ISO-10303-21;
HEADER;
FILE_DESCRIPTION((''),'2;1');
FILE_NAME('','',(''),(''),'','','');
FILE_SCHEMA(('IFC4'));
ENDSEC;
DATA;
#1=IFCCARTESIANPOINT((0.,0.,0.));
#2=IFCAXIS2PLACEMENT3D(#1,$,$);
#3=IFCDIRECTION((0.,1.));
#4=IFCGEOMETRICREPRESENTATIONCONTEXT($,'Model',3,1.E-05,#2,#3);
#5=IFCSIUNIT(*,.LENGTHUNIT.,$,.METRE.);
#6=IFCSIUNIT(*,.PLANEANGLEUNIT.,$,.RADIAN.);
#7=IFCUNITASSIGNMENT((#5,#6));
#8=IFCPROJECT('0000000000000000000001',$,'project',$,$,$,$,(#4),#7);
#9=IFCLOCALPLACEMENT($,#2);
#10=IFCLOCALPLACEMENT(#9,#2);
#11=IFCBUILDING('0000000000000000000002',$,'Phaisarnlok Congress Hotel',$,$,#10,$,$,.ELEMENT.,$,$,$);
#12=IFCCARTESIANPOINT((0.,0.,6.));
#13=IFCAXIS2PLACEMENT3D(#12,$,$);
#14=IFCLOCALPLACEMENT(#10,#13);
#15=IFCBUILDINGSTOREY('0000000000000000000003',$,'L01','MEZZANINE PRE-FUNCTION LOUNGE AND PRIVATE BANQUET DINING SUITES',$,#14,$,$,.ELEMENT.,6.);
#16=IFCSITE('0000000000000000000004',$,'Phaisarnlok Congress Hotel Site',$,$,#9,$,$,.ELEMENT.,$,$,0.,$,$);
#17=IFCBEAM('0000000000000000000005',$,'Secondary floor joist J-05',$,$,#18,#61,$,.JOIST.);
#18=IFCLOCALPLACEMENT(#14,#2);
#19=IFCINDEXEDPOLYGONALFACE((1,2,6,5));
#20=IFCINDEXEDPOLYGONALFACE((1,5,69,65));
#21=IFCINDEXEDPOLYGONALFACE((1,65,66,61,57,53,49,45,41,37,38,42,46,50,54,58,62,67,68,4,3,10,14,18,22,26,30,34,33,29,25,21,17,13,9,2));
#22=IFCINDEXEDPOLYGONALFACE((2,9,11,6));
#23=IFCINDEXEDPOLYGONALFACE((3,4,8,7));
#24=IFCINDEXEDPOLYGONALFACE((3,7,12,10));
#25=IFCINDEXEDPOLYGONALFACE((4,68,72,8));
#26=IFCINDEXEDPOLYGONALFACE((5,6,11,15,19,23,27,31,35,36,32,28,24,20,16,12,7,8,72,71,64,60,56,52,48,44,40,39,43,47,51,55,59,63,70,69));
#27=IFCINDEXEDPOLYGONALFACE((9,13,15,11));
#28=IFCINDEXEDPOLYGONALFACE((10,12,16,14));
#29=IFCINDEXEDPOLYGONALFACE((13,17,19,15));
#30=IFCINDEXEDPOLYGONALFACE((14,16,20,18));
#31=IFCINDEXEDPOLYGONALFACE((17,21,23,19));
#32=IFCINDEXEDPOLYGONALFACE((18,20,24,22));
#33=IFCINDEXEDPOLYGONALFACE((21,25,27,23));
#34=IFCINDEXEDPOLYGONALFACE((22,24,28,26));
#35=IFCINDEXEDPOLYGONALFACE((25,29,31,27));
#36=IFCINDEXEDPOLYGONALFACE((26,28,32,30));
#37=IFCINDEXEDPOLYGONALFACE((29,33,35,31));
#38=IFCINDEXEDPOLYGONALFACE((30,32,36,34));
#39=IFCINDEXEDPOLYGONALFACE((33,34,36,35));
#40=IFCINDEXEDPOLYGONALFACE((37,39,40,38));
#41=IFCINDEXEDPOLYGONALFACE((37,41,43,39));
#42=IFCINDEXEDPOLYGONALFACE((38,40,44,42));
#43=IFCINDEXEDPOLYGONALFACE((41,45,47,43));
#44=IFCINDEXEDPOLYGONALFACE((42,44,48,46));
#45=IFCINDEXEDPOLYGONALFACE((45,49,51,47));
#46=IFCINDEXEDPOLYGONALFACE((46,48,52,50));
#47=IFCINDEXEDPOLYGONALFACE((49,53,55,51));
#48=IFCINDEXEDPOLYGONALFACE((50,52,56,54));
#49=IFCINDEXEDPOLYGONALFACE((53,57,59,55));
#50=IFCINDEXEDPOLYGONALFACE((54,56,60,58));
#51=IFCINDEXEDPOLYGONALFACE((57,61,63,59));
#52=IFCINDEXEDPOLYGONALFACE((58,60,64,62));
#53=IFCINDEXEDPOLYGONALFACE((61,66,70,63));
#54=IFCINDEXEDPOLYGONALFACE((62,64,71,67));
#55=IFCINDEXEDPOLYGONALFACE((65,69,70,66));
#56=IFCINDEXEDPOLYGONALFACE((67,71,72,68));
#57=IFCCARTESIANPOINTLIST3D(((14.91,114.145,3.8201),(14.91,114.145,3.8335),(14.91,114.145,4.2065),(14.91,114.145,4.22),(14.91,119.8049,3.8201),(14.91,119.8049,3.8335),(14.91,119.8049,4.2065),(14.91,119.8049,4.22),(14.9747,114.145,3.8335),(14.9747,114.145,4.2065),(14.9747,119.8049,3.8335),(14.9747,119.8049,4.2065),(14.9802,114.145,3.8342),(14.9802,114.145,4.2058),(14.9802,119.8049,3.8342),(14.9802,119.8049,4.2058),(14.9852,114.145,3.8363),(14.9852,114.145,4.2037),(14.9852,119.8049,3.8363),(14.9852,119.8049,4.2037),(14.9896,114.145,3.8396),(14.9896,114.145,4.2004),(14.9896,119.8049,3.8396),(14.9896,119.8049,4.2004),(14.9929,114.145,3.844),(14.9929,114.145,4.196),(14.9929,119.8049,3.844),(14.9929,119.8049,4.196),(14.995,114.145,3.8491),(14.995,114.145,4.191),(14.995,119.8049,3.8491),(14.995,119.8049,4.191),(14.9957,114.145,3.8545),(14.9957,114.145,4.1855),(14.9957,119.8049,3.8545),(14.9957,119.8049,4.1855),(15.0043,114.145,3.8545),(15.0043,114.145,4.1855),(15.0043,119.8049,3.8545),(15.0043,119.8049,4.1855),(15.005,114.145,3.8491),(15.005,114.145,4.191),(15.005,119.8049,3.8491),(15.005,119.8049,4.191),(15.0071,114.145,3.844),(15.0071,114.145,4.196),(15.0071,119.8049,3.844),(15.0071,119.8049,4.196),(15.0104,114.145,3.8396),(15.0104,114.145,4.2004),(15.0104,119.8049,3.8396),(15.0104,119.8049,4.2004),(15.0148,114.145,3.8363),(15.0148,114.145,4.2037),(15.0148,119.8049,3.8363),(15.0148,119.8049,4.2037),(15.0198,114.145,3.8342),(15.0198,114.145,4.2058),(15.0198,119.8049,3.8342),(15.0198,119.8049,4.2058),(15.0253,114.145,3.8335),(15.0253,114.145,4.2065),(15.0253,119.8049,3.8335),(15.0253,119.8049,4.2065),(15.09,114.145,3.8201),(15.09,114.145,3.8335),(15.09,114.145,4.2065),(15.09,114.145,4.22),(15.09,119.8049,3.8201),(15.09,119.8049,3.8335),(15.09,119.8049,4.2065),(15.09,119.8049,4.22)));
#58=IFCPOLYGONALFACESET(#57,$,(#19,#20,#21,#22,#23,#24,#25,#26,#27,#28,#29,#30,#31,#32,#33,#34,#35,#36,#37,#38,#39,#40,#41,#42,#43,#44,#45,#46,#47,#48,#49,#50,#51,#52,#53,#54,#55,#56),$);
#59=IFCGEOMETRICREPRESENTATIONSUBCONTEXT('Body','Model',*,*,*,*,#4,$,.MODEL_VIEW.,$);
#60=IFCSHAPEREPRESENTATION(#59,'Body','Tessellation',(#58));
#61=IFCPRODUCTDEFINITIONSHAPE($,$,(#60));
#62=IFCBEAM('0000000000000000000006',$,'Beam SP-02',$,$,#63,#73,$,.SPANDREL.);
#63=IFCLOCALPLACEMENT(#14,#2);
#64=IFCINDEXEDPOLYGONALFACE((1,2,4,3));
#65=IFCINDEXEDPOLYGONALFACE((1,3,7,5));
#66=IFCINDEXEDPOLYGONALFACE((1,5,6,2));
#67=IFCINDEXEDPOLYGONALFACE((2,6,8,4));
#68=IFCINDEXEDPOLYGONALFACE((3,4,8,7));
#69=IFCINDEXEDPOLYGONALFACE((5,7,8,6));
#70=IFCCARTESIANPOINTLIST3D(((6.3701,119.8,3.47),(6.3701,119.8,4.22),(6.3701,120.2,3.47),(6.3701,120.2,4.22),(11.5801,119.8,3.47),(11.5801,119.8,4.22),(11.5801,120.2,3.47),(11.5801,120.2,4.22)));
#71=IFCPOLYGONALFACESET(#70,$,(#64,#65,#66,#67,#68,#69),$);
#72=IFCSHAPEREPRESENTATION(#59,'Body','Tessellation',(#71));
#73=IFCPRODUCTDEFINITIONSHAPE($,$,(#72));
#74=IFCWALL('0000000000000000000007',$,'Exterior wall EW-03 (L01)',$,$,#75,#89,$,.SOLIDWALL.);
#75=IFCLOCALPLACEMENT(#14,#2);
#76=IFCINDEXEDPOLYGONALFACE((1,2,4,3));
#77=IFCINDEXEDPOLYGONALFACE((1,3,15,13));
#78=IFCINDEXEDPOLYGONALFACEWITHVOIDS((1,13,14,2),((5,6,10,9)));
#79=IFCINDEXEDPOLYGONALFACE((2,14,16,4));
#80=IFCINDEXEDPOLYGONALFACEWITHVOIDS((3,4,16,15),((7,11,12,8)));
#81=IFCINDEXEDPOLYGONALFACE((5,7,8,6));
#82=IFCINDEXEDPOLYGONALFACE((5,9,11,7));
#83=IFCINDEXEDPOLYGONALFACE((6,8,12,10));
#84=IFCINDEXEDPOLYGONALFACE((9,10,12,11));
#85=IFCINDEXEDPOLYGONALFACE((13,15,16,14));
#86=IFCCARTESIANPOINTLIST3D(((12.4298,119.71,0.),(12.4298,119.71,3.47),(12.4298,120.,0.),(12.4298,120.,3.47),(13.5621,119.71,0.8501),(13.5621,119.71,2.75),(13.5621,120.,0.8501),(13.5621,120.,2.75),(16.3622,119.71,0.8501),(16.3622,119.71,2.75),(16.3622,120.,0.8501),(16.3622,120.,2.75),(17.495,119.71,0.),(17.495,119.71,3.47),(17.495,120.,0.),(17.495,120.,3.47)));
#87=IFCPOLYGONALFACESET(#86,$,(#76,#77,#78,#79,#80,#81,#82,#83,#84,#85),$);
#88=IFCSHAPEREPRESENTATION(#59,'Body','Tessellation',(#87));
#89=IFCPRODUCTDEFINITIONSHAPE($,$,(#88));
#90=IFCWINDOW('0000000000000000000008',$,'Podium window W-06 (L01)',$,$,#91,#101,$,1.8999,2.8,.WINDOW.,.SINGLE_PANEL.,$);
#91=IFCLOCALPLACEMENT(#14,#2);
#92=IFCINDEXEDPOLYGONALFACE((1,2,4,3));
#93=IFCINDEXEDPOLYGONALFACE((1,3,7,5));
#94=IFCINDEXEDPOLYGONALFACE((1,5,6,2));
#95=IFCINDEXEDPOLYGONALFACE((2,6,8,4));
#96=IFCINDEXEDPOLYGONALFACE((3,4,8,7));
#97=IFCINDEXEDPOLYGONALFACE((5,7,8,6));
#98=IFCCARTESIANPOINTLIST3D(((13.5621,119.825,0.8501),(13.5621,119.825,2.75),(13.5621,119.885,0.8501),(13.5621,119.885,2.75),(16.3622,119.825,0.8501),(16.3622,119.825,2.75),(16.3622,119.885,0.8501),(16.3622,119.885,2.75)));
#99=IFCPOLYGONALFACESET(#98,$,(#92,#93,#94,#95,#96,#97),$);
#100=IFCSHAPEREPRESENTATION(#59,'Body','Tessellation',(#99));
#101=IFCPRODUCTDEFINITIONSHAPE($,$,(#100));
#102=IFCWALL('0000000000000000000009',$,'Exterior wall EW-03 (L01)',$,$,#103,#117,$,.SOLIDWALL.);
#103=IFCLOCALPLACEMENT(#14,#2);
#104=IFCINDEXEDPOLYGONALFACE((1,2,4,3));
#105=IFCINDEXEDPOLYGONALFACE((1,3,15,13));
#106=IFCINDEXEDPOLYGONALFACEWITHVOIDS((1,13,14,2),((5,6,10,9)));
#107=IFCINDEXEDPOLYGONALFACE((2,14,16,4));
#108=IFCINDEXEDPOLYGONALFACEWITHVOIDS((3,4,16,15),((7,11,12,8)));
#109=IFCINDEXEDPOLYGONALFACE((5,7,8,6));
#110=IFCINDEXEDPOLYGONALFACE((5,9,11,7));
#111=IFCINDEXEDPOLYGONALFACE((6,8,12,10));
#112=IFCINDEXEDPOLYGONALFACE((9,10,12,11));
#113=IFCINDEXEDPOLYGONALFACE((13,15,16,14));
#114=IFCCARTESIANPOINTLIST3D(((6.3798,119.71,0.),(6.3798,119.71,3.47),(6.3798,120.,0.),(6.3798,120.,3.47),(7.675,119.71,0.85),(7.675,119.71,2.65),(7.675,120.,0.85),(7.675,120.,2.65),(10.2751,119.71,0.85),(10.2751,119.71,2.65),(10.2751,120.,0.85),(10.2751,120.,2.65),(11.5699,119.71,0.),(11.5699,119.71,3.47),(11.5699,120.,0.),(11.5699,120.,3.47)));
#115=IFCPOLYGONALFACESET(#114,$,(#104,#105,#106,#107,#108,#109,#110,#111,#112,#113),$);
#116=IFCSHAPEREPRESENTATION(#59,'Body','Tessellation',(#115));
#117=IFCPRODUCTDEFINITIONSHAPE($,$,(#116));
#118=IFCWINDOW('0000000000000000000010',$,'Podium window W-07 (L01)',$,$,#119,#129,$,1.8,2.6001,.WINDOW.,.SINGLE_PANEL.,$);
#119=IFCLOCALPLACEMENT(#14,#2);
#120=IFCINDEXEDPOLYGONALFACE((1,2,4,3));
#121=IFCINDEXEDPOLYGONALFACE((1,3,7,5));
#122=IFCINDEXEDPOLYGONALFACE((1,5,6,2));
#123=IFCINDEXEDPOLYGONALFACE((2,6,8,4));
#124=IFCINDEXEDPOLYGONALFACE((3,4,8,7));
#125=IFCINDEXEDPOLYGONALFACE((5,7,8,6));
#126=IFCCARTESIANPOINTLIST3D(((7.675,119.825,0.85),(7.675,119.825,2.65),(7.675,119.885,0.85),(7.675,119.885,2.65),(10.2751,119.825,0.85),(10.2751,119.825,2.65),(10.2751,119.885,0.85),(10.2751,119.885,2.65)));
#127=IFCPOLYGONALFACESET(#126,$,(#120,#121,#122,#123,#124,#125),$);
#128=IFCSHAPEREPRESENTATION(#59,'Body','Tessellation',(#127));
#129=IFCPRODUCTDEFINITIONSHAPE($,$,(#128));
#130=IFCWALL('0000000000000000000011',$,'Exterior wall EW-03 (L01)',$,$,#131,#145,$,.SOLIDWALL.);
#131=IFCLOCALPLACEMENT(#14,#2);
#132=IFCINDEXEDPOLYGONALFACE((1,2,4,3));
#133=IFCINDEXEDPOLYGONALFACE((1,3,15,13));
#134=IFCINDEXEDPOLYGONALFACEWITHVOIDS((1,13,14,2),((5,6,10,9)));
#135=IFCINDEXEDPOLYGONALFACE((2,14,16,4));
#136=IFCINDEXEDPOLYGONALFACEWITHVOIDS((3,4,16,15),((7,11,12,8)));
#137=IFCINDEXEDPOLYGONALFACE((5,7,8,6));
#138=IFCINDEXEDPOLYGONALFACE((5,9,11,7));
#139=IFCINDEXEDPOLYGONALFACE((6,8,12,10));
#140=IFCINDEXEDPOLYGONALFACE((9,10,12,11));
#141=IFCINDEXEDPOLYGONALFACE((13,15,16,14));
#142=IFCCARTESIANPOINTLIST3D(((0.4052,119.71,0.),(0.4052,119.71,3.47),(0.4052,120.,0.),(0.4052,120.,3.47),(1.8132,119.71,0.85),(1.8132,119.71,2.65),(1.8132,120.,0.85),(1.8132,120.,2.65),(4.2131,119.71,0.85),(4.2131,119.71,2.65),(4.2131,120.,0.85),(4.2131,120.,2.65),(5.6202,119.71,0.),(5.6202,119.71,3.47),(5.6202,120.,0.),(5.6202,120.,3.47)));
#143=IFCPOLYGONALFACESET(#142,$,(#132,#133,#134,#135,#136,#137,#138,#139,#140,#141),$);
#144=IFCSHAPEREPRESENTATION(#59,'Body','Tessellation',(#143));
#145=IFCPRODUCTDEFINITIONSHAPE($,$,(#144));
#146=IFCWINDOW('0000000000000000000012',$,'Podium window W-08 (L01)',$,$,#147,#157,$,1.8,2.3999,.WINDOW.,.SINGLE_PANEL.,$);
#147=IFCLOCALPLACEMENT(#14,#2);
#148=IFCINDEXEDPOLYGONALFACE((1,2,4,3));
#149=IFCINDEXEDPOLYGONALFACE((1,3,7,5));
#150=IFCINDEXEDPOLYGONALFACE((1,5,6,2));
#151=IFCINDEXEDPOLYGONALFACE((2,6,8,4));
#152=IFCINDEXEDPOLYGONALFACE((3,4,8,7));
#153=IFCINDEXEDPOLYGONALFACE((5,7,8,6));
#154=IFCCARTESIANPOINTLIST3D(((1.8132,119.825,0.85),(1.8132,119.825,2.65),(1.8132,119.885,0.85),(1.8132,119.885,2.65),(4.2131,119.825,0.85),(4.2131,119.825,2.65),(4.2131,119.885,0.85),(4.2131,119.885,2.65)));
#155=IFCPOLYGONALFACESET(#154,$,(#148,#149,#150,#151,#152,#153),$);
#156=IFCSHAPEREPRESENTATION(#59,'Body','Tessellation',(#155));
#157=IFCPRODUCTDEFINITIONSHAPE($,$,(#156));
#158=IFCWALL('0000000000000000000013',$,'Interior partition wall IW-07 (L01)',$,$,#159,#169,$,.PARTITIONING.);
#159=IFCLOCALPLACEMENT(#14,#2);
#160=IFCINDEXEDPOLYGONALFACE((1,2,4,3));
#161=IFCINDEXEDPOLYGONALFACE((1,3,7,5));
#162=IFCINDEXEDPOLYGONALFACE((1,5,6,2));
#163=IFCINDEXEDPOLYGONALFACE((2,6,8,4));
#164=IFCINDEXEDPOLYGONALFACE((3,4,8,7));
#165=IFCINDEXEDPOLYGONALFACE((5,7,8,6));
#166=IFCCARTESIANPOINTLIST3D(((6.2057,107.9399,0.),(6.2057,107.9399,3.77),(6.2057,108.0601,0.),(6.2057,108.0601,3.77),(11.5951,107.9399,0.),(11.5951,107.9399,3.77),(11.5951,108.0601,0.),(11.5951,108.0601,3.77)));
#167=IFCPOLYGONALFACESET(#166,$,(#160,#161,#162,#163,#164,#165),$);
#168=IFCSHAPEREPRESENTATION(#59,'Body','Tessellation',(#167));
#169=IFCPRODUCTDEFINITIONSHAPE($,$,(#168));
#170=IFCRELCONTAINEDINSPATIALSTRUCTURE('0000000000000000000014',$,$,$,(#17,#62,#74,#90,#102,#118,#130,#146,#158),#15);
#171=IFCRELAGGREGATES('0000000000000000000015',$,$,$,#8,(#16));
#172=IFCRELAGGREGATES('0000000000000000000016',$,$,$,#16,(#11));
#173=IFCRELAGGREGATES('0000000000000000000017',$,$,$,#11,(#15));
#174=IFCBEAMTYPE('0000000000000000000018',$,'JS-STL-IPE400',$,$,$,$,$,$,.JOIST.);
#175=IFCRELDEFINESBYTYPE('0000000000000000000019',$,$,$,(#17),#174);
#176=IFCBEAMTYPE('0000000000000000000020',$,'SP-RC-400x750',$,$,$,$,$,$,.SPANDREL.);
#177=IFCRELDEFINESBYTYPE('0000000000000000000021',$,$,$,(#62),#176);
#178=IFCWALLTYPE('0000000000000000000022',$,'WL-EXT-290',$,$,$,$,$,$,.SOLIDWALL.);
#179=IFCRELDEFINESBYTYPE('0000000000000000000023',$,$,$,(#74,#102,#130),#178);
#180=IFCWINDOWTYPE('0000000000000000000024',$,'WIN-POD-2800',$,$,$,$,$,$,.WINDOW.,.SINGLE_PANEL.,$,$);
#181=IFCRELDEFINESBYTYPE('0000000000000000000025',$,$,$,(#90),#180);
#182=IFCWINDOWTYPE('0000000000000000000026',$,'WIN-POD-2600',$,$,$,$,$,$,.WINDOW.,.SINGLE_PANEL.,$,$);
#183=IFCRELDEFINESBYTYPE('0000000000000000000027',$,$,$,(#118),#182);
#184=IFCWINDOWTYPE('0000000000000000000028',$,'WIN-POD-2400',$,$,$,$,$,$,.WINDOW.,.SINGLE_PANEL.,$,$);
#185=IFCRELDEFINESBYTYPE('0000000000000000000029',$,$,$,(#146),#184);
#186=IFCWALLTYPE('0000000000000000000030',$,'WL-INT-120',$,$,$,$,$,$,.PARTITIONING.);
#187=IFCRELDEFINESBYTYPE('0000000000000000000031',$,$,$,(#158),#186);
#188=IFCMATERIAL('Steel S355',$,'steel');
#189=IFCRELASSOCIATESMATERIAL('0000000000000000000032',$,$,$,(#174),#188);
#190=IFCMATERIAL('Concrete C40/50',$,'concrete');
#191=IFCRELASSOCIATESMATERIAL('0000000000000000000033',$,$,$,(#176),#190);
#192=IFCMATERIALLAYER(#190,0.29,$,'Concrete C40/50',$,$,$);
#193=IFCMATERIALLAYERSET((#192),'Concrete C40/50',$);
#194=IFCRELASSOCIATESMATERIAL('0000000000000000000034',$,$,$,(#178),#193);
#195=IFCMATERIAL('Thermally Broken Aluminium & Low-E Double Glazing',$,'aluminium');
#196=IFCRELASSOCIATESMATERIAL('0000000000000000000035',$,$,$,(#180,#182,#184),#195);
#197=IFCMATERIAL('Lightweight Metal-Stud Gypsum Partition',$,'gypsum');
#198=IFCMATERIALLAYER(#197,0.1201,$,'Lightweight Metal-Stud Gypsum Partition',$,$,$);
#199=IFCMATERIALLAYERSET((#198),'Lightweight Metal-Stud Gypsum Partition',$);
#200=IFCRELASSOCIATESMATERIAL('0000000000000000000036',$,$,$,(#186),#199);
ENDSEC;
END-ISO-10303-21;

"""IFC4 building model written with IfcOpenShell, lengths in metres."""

from ifc_helpers import new_model, si_unit, direction, frame, frame_2d, origin, origin_2d, place, context, subcontext, project, spatial, rectangle, i_section, extrude, material, layer, layer_set, material_profile, profile_set, type_object, element, fill, save


model = new_model("IFC4")

# Units and contexts
model_context = context("Model", 3, precision=1e-05, world=origin(), true_north=direction((0.0, 1.0)))
body_context = subcontext(model_context, "Body", "Model", "MODEL_VIEW")
ifc_project = project(units=[si_unit("LENGTHUNIT", "METRE"), si_unit("PLANEANGLEUNIT", "RADIAN")], contexts=[model_context])

# Site, building, storey
site_placement = place(None, origin())
site = spatial("IfcSite", under=ifc_project, at=site_placement, Name="Phaisarnlok Congress Hotel Site", CompositionType="ELEMENT", RefElevation=0.0)
building_placement = place(site_placement, origin())
building = spatial("IfcBuilding", under=site, at=building_placement, Name="Phaisarnlok Congress Hotel", CompositionType="ELEMENT")
storey_placement = place(building_placement, frame((0.0, 0.0, 6.0)))
storey = spatial("IfcBuildingStorey", under=building, at=storey_placement, Name="L01", Description="MEZZANINE PRE-FUNCTION LOUNGE AND PRIVATE BANQUET DINING SUITES", CompositionType="ELEMENT", Elevation=6.0)

# Shared definitions
ifc_material_1 = material(Name="Steel S355", Category="steel")

# Beams
ifc_material_2 = material(Name="Concrete C40/50", Category="concrete")
ifc_material_profile_1 = material_profile(ifc_material_1, i_section(OverallWidth=0.1799, OverallDepth=0.3999, WebThickness=0.0085, FlangeThickness=0.0134, FilletRadius=0.021, at=origin_2d()), Name="IPE 400")
ifc_profile_set_1 = profile_set([ifc_material_profile_1], Name="Steel S355")
beam_type_1 = type_object("IfcBeamType", Name="JS-STL-IPE400", PredefinedType="JOIST", material=ifc_profile_set_1)
beam_1_placement = place(storey_placement, frame((15.0, 114.145, 4.02), z_axis=(0.0, 1.0, 0.0), x_axis=(-1.0, 0.0, 0.0)))
element("IfcBeam", 1, at=beam_1_placement, inside=storey, type_object=beam_type_1, Name="Secondary floor joist J-05", PredefinedType="JOIST", context=body_context, shape_type="SweptSolid", body=[
    extrude(i_section(OverallWidth=0.1799, OverallDepth=0.3999, WebThickness=0.0085, FlangeThickness=0.0134, FilletRadius=0.021, at=origin_2d()), origin(), (0.0, 0.0, 1.0), 5.6599),
])
ifc_material_profile_2 = material_profile(ifc_material_2, rectangle(XDim=0.3999, YDim=0.75, at=origin_2d()), Name="RC 400x750")
ifc_profile_set_2 = profile_set([ifc_material_profile_2], Name="Concrete C40/50")
beam_type_2 = type_object("IfcBeamType", Name="SP-RC-400x750", PredefinedType="SPANDREL", material=ifc_profile_set_2)
beam_2_placement = place(storey_placement, frame((6.3701, 120.0, 3.845), z_axis=(1.0, 0.0, 0.0), x_axis=(0.0, 1.0, 0.0)))
element("IfcBeam", 2, at=beam_2_placement, inside=storey, type_object=beam_type_2, Name="Beam SP-02", PredefinedType="SPANDREL", context=body_context, shape_type="SweptSolid", body=[
    extrude(rectangle(XDim=0.3999, YDim=0.75, at=origin_2d()), origin(), (0.0, 0.0, 1.0), 5.21),
])

# Walls, openings, windows
ifc_layer_1 = layer(ifc_material_2, 0.29, Name="Concrete C40/50")
ifc_layer_set_1 = layer_set([ifc_layer_1], Name="Concrete C40/50")
wall_type_1 = type_object("IfcWallType", Name="WL-EXT-290", PredefinedType="SOLIDWALL", material=ifc_layer_set_1)
wall_1_placement = place(storey_placement, frame((17.4951, 119.855, 0.0), z_axis=(0.0, 0.0, 1.0), x_axis=(-1.0, 0.0, 0.0)))
wall_1 = element("IfcWall", 3, at=wall_1_placement, inside=storey, type_object=wall_type_1, Name="Exterior wall EW-03 (L01)", PredefinedType="SOLIDWALL", context=body_context, shape_type="SweptSolid", body=[
    extrude(rectangle(XDim=5.0652, YDim=0.29, at=frame_2d((2.5327, 0.0))), origin(), (0.0, 0.0, 1.0), 3.47),
])
opening_1_placement = place(wall_1_placement, frame((1.1331, 0.0, 0.8501)))
opening_1 = element("IfcOpeningElement", 4, at=opening_1_placement, cuts=wall_1, PredefinedType="OPENING", context=body_context, shape_type="SweptSolid", body=[
    extrude(rectangle(XDim=2.8, YDim=1.8999, at=frame_2d((1.3999, 0.95))), frame((0.0, 0.155, 0.0), z_axis=(0.0, -1.0, 0.0), x_axis=(1.0, 0.0, 0.0)), (0.0, 0.0, 1.0), 0.3101),
])
ifc_material_3 = material(Name="Thermally Broken Aluminium & Low-E Double Glazing", Category="aluminium")
window_type_1 = type_object("IfcWindowType", Name="WIN-POD-2800", PartitioningType="SINGLE_PANEL", PredefinedType="WINDOW", material=ifc_material_3)
window_1_placement = place(opening_1_placement, origin())
window_1 = element("IfcWindow", 5, at=window_1_placement, inside=storey, type_object=window_type_1, Name="Podium window W-06 (L01)", OverallHeight=1.8999, OverallWidth=2.8, PartitioningType="SINGLE_PANEL", PredefinedType="WINDOW", context=body_context, shape_type="SweptSolid", body=[
    extrude(rectangle(XDim=2.8, YDim=1.8999, at=frame_2d((1.3999, 0.95))), frame((0.0, 0.03, 0.0), z_axis=(0.0, -1.0, 0.0), x_axis=(1.0, 0.0, 0.0)), (0.0, 0.0, 1.0), 0.0601),
])
fill(opening_1, window_1)
wall_2_placement = place(storey_placement, frame((11.5701, 119.855, 0.0), z_axis=(0.0, 0.0, 1.0), x_axis=(-1.0, 0.0, 0.0)))
wall_2 = element("IfcWall", 6, at=wall_2_placement, inside=storey, type_object=wall_type_1, Name="Exterior wall EW-03 (L01)", PredefinedType="SOLIDWALL", context=body_context, shape_type="SweptSolid", body=[
    extrude(rectangle(XDim=5.1902, YDim=0.29, at=frame_2d((2.5952, 0.0))), origin(), (0.0, 0.0, 1.0), 3.47),
])
opening_2_placement = place(wall_2_placement, frame((1.2949, 0.0, 0.8501)))
opening_2 = element("IfcOpeningElement", 7, at=opening_2_placement, cuts=wall_2, PredefinedType="OPENING", context=body_context, shape_type="SweptSolid", body=[
    extrude(rectangle(XDim=2.6001, YDim=1.8, at=frame_2d((1.3, 0.8999))), frame((0.0, 0.155, 0.0), z_axis=(0.0, -1.0, 0.0), x_axis=(1.0, 0.0, 0.0)), (0.0, 0.0, 1.0), 0.3101),
])
window_type_2 = type_object("IfcWindowType", Name="WIN-POD-2600", PartitioningType="SINGLE_PANEL", PredefinedType="WINDOW", material=ifc_material_3)
window_2_placement = place(opening_2_placement, origin())
window_2 = element("IfcWindow", 8, at=window_2_placement, inside=storey, type_object=window_type_2, Name="Podium window W-07 (L01)", OverallHeight=1.8, OverallWidth=2.6001, PartitioningType="SINGLE_PANEL", PredefinedType="WINDOW", context=body_context, shape_type="SweptSolid", body=[
    extrude(rectangle(XDim=2.6001, YDim=1.8, at=frame_2d((1.3, 0.8999))), frame((0.0, 0.03, 0.0), z_axis=(0.0, -1.0, 0.0), x_axis=(1.0, 0.0, 0.0)), (0.0, 0.0, 1.0), 0.0601),
])
fill(opening_2, window_2)
wall_3_placement = place(storey_placement, frame((5.6201, 119.855, 0.0), z_axis=(0.0, 0.0, 1.0), x_axis=(-1.0, 0.0, 0.0)))
wall_3 = element("IfcWall", 9, at=wall_3_placement, inside=storey, type_object=wall_type_1, Name="Exterior wall EW-03 (L01)", PredefinedType="SOLIDWALL", context=body_context, shape_type="SweptSolid", body=[
    extrude(rectangle(XDim=5.2151, YDim=0.29, at=frame_2d((2.6074, 0.0))), origin(), (0.0, 0.0, 1.0), 3.47),
])
opening_3_placement = place(wall_3_placement, frame((1.407, 0.0, 0.8501)))
opening_3 = element("IfcOpeningElement", 10, at=opening_3_placement, cuts=wall_3, PredefinedType="OPENING", context=body_context, shape_type="SweptSolid", body=[
    extrude(rectangle(XDim=2.3999, YDim=1.8, at=frame_2d((1.2, 0.8999))), frame((0.0, 0.155, 0.0), z_axis=(0.0, -1.0, 0.0), x_axis=(1.0, 0.0, 0.0)), (0.0, 0.0, 1.0), 0.3101),
])
window_type_3 = type_object("IfcWindowType", Name="WIN-POD-2400", PartitioningType="SINGLE_PANEL", PredefinedType="WINDOW", material=ifc_material_3)
window_3_placement = place(opening_3_placement, origin())
window_3 = element("IfcWindow", 11, at=window_3_placement, inside=storey, type_object=window_type_3, Name="Podium window W-08 (L01)", OverallHeight=1.8, OverallWidth=2.3999, PartitioningType="SINGLE_PANEL", PredefinedType="WINDOW", context=body_context, shape_type="SweptSolid", body=[
    extrude(rectangle(XDim=2.3999, YDim=1.8, at=frame_2d((1.2, 0.8999))), frame((0.0, 0.03, 0.0), z_axis=(0.0, -1.0, 0.0), x_axis=(1.0, 0.0, 0.0)), (0.0, 0.0, 1.0), 0.0601),
])
fill(opening_3, window_3)

# Wall
ifc_material_4 = material(Name="Lightweight Metal-Stud Gypsum Partition", Category="gypsum")
ifc_layer_2 = layer(ifc_material_4, 0.1201, Name="Lightweight Metal-Stud Gypsum Partition")
ifc_layer_set_2 = layer_set([ifc_layer_2], Name="Lightweight Metal-Stud Gypsum Partition")
wall_type_2 = type_object("IfcWallType", Name="WL-INT-120", PredefinedType="PARTITIONING", material=ifc_layer_set_2)
wall_4_placement = place(storey_placement, frame((6.2056, 108.0, 0.0), z_axis=(0.0, 0.0, 1.0), x_axis=(1.0, 0.0, 0.0)))
element("IfcWall", 12, at=wall_4_placement, inside=storey, type_object=wall_type_2, Name="Interior partition wall IW-07 (L01)", PredefinedType="PARTITIONING", context=body_context, shape_type="SweptSolid", body=[
    extrude(rectangle(XDim=5.3894, YDim=0.1201, at=frame_2d((2.6948, 0.0))), origin(), (0.0, 0.0, 1.0), 3.77),
])

save(model, "model.ifc")
